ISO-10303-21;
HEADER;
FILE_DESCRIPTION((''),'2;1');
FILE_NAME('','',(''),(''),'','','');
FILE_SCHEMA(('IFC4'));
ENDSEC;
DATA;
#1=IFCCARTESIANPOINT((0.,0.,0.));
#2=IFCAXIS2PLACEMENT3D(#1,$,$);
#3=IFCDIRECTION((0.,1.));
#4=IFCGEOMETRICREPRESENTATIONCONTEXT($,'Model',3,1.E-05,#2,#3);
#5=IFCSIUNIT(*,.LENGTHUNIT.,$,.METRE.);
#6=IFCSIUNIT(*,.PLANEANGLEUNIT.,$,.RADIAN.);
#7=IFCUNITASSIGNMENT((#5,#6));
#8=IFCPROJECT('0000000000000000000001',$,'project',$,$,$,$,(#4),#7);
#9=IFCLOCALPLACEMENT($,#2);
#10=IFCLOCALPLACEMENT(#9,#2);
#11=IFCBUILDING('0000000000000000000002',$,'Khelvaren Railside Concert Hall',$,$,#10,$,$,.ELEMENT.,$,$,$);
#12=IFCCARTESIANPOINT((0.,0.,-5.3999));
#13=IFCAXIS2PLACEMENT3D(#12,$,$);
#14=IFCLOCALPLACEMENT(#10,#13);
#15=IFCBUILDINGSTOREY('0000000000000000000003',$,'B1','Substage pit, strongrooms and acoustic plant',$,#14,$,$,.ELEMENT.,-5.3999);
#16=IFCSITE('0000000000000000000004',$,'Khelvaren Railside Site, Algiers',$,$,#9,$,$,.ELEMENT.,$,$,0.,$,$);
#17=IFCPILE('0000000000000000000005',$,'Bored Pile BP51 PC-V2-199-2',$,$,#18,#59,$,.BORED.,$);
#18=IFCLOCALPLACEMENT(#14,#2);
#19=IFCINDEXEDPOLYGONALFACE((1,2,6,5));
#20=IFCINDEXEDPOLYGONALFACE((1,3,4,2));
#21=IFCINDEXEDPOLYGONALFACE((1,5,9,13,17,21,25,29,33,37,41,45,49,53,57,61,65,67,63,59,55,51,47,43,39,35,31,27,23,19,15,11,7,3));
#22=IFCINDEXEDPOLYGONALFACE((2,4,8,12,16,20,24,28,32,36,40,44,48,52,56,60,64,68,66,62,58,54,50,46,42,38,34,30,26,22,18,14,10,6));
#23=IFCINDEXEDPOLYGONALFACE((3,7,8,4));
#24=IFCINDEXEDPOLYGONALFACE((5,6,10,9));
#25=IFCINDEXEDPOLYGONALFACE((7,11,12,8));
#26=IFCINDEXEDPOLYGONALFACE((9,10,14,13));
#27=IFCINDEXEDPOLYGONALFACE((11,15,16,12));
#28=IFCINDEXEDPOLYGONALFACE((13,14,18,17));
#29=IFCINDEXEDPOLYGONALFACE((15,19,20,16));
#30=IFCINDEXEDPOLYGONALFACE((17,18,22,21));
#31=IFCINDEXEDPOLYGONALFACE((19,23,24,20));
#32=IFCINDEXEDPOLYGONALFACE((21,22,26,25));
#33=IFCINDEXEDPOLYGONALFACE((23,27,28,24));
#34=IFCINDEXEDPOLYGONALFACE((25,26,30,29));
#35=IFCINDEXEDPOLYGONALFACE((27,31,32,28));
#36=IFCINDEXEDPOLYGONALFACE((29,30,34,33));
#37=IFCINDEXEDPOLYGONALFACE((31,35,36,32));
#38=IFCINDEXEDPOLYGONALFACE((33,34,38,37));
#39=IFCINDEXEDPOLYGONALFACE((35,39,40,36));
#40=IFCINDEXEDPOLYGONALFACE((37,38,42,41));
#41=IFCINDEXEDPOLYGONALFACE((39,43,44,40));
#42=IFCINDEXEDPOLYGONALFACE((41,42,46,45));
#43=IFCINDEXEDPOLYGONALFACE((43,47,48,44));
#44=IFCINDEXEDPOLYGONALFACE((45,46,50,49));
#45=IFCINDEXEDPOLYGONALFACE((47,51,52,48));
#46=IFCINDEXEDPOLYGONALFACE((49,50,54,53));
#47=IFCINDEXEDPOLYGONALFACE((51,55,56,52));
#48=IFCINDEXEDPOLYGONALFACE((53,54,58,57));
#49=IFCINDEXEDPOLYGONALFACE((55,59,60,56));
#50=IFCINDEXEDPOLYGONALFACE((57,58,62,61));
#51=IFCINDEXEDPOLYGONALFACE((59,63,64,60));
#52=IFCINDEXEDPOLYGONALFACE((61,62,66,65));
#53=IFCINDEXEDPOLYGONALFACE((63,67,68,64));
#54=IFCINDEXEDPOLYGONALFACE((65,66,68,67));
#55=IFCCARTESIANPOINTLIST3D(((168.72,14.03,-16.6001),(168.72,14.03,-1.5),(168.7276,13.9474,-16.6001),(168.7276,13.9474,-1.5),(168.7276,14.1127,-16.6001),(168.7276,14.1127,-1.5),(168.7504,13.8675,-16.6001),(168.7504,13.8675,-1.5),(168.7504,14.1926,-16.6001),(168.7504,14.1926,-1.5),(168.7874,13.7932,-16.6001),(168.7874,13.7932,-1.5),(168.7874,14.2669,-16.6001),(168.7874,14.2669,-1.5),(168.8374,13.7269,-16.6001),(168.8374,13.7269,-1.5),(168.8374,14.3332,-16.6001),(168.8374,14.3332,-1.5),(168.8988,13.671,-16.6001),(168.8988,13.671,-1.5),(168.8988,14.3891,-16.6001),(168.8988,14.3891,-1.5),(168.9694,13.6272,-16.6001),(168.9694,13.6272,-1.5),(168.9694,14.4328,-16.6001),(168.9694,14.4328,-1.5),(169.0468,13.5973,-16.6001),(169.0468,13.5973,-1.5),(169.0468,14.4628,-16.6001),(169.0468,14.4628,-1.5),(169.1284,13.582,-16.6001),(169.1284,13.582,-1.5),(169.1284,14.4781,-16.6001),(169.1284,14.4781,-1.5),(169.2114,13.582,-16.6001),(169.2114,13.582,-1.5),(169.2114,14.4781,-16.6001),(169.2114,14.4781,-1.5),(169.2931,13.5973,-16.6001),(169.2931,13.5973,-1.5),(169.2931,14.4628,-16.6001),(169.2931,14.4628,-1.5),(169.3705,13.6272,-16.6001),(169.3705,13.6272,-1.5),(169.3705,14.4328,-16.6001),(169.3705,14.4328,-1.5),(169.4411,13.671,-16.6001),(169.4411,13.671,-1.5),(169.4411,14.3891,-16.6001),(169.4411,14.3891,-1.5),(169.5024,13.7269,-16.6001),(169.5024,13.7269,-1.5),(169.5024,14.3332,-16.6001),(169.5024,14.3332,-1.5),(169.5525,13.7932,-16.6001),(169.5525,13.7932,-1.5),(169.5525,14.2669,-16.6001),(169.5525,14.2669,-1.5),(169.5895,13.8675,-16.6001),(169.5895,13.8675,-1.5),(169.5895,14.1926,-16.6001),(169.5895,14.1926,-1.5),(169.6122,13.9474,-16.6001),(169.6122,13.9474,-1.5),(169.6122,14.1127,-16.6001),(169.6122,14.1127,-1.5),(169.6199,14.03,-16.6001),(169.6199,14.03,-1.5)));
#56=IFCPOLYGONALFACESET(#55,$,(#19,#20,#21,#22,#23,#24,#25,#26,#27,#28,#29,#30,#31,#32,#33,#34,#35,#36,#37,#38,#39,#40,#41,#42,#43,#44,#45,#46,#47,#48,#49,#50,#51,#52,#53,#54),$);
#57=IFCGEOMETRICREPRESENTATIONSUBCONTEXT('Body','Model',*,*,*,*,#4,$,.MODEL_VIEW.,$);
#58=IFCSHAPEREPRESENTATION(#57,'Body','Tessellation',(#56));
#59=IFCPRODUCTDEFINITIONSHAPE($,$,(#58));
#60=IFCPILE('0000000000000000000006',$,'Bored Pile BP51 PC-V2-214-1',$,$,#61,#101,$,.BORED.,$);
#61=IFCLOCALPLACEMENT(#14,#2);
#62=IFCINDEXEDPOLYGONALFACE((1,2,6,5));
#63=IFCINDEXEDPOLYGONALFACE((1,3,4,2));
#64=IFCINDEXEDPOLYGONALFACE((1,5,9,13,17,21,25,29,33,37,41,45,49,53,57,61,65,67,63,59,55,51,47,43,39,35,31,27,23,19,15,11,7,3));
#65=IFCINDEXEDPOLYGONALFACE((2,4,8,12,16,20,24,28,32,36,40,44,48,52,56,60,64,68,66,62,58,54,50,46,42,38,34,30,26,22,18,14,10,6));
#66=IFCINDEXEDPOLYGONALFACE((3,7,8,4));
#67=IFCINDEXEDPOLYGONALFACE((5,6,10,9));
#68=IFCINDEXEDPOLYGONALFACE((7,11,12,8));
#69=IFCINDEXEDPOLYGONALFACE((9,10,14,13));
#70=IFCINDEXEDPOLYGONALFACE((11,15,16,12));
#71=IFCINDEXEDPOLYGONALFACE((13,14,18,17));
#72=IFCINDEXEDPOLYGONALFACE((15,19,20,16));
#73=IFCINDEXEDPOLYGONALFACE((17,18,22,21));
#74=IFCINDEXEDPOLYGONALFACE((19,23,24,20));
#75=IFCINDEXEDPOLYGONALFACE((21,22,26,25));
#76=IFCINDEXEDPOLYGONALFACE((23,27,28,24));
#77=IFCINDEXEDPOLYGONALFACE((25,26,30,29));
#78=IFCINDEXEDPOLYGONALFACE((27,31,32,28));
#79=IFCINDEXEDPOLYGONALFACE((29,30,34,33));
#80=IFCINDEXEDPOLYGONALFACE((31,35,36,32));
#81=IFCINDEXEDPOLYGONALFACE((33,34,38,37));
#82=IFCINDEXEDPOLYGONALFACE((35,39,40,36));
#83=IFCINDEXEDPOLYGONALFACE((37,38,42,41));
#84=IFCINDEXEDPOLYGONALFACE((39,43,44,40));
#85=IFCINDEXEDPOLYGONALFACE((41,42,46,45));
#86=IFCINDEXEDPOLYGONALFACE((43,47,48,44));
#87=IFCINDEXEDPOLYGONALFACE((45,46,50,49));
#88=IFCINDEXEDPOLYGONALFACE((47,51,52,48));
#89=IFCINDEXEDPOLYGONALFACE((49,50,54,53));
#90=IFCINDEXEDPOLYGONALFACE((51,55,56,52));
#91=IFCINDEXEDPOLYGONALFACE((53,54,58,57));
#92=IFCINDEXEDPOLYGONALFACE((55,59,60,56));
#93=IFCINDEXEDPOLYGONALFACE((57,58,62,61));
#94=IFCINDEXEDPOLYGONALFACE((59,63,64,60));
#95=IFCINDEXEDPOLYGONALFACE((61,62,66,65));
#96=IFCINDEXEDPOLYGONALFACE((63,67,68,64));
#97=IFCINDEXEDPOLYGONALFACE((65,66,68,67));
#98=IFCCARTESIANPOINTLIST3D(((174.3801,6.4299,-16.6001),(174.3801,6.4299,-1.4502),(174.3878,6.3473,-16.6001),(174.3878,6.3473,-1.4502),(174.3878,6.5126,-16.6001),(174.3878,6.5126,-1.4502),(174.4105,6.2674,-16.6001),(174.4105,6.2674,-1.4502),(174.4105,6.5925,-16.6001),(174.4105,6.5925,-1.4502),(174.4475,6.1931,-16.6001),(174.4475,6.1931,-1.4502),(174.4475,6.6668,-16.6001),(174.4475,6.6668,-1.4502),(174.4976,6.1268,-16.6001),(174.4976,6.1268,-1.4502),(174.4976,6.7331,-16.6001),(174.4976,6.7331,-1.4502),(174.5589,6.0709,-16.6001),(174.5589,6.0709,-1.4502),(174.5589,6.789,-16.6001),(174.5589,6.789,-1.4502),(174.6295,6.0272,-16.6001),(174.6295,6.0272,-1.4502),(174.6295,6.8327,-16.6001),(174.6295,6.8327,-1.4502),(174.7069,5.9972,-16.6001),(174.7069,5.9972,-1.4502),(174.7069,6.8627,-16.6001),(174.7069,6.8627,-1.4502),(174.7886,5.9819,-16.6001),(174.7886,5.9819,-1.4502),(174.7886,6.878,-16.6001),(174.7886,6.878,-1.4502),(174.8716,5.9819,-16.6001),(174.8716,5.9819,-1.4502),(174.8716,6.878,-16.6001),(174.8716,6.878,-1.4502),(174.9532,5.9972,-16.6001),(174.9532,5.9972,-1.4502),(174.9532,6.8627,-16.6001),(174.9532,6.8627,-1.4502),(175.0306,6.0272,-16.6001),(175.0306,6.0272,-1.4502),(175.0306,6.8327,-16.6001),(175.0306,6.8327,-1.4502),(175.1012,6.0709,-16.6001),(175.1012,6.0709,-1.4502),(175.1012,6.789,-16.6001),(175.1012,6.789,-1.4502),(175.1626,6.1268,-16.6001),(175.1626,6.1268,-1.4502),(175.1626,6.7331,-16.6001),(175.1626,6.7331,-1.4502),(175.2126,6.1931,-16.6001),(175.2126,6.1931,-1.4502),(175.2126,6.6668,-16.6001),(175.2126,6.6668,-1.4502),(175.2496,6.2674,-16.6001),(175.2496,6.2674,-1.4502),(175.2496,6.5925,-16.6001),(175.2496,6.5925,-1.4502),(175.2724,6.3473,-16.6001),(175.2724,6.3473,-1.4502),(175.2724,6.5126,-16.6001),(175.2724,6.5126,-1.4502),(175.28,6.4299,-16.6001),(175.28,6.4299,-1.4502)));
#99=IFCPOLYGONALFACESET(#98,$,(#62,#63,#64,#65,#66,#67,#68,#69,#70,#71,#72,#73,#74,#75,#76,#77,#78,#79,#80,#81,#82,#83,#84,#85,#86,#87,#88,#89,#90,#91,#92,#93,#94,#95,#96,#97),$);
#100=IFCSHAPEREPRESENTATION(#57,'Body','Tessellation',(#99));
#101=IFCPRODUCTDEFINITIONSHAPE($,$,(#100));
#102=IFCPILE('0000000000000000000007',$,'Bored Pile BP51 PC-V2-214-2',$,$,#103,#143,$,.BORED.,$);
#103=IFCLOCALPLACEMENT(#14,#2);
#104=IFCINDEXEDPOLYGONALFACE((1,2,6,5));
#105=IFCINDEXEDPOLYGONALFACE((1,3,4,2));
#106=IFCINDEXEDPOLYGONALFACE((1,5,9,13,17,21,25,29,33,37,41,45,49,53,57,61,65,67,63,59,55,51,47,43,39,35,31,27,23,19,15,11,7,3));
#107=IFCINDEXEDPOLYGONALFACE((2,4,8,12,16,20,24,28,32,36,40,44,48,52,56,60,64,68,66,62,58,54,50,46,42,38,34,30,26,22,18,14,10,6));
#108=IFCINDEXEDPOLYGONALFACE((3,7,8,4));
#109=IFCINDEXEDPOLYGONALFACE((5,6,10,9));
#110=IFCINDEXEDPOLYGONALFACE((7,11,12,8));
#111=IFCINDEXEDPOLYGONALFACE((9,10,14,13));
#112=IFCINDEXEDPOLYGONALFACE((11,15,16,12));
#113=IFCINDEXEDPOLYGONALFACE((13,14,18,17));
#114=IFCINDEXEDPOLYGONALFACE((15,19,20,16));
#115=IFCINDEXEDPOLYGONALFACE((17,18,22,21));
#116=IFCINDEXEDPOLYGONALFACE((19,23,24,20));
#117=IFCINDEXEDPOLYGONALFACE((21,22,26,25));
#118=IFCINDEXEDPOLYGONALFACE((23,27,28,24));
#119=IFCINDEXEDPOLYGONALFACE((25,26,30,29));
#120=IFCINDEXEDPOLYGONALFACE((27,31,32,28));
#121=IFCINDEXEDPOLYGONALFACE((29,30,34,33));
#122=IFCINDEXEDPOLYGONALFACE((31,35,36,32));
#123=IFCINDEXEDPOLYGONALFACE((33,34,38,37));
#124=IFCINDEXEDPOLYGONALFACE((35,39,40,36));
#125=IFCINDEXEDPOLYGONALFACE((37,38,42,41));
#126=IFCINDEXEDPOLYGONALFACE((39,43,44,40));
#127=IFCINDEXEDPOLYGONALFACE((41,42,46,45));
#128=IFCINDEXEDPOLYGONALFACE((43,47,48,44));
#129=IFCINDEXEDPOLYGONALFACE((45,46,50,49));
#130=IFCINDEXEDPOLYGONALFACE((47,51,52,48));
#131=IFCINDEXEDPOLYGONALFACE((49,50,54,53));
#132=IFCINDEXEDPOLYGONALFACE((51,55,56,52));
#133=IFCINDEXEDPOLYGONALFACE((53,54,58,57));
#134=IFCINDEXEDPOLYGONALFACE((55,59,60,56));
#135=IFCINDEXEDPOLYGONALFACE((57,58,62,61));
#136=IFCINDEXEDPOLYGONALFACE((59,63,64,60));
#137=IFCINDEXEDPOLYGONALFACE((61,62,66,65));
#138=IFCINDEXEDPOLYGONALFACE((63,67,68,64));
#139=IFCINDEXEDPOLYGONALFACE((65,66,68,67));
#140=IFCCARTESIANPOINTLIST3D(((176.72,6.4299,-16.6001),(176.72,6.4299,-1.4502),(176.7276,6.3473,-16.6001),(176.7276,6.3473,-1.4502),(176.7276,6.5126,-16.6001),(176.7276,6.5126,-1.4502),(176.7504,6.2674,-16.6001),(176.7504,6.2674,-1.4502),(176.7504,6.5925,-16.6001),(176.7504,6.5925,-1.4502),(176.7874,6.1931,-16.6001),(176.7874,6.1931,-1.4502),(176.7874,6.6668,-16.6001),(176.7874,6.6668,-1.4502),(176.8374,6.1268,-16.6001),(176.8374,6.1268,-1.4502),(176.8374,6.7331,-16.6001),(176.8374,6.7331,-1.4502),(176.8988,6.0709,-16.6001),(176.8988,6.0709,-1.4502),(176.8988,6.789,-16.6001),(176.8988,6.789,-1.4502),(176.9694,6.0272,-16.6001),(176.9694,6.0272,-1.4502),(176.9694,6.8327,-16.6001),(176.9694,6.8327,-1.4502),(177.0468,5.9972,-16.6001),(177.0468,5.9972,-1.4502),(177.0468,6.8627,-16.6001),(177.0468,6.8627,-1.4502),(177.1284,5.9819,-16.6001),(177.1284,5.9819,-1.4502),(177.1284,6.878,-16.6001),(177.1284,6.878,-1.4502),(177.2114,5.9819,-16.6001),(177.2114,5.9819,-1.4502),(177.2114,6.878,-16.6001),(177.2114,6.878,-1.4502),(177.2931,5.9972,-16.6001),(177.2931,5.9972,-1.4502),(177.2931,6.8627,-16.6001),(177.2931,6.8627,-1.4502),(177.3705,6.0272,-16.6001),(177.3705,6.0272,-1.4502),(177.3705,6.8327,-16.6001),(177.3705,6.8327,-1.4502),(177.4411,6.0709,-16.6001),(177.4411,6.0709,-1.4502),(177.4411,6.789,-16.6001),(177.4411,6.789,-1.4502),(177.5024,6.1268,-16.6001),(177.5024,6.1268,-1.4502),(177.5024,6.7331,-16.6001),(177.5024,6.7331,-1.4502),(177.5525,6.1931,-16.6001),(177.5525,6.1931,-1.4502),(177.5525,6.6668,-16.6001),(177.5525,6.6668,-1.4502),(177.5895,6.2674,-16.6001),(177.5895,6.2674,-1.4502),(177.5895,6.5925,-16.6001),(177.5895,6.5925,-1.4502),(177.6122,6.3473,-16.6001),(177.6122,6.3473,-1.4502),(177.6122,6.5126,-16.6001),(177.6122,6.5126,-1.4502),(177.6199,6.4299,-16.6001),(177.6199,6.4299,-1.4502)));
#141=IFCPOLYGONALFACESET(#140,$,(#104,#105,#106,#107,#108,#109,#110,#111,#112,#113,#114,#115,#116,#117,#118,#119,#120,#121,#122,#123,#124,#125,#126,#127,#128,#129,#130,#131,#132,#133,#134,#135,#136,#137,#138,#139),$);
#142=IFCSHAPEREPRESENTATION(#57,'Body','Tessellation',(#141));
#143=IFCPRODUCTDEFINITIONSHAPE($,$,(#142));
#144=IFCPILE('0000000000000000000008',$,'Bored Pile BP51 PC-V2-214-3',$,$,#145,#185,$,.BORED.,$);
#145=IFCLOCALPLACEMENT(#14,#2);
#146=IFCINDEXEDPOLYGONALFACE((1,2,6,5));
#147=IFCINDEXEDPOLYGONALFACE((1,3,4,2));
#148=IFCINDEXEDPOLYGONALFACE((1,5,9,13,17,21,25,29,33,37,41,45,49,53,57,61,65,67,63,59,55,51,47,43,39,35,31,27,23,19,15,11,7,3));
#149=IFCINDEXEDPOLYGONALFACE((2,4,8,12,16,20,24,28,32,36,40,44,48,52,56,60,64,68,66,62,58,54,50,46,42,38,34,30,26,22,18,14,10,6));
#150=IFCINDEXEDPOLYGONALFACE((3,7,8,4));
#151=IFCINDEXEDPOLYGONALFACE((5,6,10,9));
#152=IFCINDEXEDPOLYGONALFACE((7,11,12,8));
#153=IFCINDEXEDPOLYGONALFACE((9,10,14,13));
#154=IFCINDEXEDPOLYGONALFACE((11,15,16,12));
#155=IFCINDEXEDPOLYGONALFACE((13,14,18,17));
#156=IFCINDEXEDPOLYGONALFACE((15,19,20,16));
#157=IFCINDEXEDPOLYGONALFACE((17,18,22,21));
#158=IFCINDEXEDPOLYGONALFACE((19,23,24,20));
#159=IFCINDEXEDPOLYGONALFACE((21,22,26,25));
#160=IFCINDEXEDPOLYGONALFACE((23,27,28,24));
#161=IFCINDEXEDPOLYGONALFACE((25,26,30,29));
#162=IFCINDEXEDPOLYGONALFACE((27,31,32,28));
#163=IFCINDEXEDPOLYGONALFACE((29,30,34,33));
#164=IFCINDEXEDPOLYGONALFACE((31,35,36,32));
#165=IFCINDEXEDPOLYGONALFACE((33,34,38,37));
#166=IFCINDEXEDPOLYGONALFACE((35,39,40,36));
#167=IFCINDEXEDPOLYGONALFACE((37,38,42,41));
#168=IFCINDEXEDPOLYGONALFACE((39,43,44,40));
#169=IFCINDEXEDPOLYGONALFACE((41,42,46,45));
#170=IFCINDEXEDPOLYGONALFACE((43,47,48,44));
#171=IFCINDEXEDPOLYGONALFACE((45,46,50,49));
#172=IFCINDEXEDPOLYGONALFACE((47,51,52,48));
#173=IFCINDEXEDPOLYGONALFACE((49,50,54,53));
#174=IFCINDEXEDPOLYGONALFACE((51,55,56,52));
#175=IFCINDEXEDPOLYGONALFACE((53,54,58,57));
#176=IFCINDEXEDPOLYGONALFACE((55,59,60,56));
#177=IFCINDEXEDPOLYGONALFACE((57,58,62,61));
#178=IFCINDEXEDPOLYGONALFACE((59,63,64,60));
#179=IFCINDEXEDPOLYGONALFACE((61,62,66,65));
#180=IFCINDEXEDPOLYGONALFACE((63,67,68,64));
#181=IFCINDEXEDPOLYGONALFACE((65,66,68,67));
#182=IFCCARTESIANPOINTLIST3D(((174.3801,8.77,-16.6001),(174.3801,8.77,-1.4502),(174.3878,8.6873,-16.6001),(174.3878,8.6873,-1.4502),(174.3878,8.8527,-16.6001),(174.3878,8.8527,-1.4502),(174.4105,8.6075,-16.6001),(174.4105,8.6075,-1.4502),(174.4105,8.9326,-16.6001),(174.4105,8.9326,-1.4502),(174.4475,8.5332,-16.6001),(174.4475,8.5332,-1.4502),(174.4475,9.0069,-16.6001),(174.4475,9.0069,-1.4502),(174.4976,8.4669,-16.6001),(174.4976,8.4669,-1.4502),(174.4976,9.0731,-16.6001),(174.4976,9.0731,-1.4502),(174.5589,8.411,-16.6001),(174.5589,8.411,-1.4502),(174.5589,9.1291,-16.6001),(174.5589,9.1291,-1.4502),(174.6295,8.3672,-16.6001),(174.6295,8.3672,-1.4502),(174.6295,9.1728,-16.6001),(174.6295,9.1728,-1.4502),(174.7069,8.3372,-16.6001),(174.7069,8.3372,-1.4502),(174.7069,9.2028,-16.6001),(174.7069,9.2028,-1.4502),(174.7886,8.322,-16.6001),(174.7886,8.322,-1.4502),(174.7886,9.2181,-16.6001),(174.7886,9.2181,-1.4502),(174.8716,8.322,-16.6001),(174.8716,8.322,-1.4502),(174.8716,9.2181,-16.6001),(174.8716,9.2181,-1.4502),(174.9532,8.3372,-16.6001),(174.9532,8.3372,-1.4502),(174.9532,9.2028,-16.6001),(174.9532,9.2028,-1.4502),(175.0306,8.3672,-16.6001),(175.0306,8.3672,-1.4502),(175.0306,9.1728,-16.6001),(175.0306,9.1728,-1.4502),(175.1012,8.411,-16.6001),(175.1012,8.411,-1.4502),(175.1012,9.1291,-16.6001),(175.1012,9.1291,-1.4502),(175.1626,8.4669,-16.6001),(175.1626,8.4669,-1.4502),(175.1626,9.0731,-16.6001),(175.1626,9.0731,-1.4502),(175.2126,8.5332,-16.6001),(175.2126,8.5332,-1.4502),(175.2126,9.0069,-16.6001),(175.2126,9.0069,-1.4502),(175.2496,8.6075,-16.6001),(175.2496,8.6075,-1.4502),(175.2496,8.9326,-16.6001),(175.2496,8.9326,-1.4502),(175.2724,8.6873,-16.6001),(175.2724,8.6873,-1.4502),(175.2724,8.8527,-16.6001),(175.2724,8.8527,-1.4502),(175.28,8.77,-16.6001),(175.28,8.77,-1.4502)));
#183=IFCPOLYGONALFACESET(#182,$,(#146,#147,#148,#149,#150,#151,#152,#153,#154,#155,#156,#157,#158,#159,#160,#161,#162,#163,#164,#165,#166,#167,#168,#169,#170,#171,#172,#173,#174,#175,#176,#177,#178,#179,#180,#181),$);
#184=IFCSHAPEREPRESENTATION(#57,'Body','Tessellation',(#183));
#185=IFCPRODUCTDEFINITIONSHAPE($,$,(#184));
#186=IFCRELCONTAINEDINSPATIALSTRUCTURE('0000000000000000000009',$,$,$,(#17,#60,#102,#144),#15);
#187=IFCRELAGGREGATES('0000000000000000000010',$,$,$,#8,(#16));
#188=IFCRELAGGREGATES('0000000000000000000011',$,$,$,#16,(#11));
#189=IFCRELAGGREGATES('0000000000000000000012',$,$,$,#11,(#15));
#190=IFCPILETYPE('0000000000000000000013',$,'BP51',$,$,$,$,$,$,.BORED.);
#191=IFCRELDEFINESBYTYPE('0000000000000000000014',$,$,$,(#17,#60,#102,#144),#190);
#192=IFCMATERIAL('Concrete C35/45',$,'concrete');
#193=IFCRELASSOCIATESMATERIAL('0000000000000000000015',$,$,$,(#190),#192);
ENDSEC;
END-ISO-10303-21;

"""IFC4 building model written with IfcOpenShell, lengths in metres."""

from ifc_helpers import new_model, si_unit, direction, frame, origin, origin_2d, place, context, subcontext, project, spatial, circle, extrude, material, material_profile, profile_set, type_object, element, save


model = new_model("IFC4")

# Units and contexts
model_context = context("Model", 3, precision=1e-05, world=origin(), true_north=direction((0.0, 1.0)))
body_context = subcontext(model_context, "Body", "Model", "MODEL_VIEW")
ifc_project = project(units=[si_unit("LENGTHUNIT", "METRE"), si_unit("PLANEANGLEUNIT", "RADIAN")], contexts=[model_context])

# Site, building, storey
site_placement = place(None, origin())
site = spatial("IfcSite", under=ifc_project, at=site_placement, Name="Khelvaren Railside Site, Algiers", CompositionType="ELEMENT", RefElevation=0.0)
building_placement = place(site_placement, origin())
building = spatial("IfcBuilding", under=site, at=building_placement, Name="Khelvaren Railside Concert Hall", CompositionType="ELEMENT")
storey_placement = place(building_placement, frame((0.0, 0.0, -5.3999)))
storey = spatial("IfcBuildingStorey", under=building, at=storey_placement, Name="B1", Description="Substage pit, strongrooms and acoustic plant", CompositionType="ELEMENT", Elevation=-5.3999)

# Piles
ifc_material_1 = material(Name="Concrete C35/45", Category="concrete")
ifc_material_profile_1 = material_profile(ifc_material_1, circle(Radius=0.45, at=origin_2d()), Name="BP D900")
ifc_profile_set_1 = profile_set([ifc_material_profile_1], Name="Concrete C35/45")
pile_type_1 = type_object("IfcPileType", Name="BP51", PredefinedType="BORED", material=ifc_profile_set_1)
for number, where, z_axis, x_axis, name in (
    (1, (169.1699, 14.03, -1.5), (0.0, 0.0, -1.0), (1.0, 0.0, 0.0), "Bored Pile BP51 PC-V2-199-2"),
):
    element("IfcPile", number, at=place(storey_placement, frame(where, z_axis=z_axis, x_axis=x_axis)), inside=storey, type_object=pile_type_1, Name=name, PredefinedType="BORED", context=body_context, shape_type="SweptSolid", body=[
        extrude(circle(Radius=0.45, at=origin_2d()), origin(), (0.0, 0.0, 1.0), 15.1001),
    ])
for number, where, z_axis, x_axis, name in (
    (2, (174.8301, 6.4299, -1.4502), (0.0, 0.0, -1.0), (1.0, 0.0, 0.0), "Bored Pile BP51 PC-V2-214-1"),
    (3, (177.1699, 6.4299, -1.4502), (0.0, 0.0, -1.0), (1.0, 0.0, 0.0), "Bored Pile BP51 PC-V2-214-2"),
    (4, (174.8301, 8.77, -1.4502), (0.0, 0.0, -1.0), (1.0, 0.0, 0.0), "Bored Pile BP51 PC-V2-214-3"),
):
    element("IfcPile", number, at=place(storey_placement, frame(where, z_axis=z_axis, x_axis=x_axis)), inside=storey, type_object=pile_type_1, Name=name, PredefinedType="BORED", context=body_context, shape_type="SweptSolid", body=[
        extrude(circle(Radius=0.45, at=origin_2d()), origin(), (0.0, 0.0, 1.0), 15.1499),
    ])

save(model, "model.ifc")
